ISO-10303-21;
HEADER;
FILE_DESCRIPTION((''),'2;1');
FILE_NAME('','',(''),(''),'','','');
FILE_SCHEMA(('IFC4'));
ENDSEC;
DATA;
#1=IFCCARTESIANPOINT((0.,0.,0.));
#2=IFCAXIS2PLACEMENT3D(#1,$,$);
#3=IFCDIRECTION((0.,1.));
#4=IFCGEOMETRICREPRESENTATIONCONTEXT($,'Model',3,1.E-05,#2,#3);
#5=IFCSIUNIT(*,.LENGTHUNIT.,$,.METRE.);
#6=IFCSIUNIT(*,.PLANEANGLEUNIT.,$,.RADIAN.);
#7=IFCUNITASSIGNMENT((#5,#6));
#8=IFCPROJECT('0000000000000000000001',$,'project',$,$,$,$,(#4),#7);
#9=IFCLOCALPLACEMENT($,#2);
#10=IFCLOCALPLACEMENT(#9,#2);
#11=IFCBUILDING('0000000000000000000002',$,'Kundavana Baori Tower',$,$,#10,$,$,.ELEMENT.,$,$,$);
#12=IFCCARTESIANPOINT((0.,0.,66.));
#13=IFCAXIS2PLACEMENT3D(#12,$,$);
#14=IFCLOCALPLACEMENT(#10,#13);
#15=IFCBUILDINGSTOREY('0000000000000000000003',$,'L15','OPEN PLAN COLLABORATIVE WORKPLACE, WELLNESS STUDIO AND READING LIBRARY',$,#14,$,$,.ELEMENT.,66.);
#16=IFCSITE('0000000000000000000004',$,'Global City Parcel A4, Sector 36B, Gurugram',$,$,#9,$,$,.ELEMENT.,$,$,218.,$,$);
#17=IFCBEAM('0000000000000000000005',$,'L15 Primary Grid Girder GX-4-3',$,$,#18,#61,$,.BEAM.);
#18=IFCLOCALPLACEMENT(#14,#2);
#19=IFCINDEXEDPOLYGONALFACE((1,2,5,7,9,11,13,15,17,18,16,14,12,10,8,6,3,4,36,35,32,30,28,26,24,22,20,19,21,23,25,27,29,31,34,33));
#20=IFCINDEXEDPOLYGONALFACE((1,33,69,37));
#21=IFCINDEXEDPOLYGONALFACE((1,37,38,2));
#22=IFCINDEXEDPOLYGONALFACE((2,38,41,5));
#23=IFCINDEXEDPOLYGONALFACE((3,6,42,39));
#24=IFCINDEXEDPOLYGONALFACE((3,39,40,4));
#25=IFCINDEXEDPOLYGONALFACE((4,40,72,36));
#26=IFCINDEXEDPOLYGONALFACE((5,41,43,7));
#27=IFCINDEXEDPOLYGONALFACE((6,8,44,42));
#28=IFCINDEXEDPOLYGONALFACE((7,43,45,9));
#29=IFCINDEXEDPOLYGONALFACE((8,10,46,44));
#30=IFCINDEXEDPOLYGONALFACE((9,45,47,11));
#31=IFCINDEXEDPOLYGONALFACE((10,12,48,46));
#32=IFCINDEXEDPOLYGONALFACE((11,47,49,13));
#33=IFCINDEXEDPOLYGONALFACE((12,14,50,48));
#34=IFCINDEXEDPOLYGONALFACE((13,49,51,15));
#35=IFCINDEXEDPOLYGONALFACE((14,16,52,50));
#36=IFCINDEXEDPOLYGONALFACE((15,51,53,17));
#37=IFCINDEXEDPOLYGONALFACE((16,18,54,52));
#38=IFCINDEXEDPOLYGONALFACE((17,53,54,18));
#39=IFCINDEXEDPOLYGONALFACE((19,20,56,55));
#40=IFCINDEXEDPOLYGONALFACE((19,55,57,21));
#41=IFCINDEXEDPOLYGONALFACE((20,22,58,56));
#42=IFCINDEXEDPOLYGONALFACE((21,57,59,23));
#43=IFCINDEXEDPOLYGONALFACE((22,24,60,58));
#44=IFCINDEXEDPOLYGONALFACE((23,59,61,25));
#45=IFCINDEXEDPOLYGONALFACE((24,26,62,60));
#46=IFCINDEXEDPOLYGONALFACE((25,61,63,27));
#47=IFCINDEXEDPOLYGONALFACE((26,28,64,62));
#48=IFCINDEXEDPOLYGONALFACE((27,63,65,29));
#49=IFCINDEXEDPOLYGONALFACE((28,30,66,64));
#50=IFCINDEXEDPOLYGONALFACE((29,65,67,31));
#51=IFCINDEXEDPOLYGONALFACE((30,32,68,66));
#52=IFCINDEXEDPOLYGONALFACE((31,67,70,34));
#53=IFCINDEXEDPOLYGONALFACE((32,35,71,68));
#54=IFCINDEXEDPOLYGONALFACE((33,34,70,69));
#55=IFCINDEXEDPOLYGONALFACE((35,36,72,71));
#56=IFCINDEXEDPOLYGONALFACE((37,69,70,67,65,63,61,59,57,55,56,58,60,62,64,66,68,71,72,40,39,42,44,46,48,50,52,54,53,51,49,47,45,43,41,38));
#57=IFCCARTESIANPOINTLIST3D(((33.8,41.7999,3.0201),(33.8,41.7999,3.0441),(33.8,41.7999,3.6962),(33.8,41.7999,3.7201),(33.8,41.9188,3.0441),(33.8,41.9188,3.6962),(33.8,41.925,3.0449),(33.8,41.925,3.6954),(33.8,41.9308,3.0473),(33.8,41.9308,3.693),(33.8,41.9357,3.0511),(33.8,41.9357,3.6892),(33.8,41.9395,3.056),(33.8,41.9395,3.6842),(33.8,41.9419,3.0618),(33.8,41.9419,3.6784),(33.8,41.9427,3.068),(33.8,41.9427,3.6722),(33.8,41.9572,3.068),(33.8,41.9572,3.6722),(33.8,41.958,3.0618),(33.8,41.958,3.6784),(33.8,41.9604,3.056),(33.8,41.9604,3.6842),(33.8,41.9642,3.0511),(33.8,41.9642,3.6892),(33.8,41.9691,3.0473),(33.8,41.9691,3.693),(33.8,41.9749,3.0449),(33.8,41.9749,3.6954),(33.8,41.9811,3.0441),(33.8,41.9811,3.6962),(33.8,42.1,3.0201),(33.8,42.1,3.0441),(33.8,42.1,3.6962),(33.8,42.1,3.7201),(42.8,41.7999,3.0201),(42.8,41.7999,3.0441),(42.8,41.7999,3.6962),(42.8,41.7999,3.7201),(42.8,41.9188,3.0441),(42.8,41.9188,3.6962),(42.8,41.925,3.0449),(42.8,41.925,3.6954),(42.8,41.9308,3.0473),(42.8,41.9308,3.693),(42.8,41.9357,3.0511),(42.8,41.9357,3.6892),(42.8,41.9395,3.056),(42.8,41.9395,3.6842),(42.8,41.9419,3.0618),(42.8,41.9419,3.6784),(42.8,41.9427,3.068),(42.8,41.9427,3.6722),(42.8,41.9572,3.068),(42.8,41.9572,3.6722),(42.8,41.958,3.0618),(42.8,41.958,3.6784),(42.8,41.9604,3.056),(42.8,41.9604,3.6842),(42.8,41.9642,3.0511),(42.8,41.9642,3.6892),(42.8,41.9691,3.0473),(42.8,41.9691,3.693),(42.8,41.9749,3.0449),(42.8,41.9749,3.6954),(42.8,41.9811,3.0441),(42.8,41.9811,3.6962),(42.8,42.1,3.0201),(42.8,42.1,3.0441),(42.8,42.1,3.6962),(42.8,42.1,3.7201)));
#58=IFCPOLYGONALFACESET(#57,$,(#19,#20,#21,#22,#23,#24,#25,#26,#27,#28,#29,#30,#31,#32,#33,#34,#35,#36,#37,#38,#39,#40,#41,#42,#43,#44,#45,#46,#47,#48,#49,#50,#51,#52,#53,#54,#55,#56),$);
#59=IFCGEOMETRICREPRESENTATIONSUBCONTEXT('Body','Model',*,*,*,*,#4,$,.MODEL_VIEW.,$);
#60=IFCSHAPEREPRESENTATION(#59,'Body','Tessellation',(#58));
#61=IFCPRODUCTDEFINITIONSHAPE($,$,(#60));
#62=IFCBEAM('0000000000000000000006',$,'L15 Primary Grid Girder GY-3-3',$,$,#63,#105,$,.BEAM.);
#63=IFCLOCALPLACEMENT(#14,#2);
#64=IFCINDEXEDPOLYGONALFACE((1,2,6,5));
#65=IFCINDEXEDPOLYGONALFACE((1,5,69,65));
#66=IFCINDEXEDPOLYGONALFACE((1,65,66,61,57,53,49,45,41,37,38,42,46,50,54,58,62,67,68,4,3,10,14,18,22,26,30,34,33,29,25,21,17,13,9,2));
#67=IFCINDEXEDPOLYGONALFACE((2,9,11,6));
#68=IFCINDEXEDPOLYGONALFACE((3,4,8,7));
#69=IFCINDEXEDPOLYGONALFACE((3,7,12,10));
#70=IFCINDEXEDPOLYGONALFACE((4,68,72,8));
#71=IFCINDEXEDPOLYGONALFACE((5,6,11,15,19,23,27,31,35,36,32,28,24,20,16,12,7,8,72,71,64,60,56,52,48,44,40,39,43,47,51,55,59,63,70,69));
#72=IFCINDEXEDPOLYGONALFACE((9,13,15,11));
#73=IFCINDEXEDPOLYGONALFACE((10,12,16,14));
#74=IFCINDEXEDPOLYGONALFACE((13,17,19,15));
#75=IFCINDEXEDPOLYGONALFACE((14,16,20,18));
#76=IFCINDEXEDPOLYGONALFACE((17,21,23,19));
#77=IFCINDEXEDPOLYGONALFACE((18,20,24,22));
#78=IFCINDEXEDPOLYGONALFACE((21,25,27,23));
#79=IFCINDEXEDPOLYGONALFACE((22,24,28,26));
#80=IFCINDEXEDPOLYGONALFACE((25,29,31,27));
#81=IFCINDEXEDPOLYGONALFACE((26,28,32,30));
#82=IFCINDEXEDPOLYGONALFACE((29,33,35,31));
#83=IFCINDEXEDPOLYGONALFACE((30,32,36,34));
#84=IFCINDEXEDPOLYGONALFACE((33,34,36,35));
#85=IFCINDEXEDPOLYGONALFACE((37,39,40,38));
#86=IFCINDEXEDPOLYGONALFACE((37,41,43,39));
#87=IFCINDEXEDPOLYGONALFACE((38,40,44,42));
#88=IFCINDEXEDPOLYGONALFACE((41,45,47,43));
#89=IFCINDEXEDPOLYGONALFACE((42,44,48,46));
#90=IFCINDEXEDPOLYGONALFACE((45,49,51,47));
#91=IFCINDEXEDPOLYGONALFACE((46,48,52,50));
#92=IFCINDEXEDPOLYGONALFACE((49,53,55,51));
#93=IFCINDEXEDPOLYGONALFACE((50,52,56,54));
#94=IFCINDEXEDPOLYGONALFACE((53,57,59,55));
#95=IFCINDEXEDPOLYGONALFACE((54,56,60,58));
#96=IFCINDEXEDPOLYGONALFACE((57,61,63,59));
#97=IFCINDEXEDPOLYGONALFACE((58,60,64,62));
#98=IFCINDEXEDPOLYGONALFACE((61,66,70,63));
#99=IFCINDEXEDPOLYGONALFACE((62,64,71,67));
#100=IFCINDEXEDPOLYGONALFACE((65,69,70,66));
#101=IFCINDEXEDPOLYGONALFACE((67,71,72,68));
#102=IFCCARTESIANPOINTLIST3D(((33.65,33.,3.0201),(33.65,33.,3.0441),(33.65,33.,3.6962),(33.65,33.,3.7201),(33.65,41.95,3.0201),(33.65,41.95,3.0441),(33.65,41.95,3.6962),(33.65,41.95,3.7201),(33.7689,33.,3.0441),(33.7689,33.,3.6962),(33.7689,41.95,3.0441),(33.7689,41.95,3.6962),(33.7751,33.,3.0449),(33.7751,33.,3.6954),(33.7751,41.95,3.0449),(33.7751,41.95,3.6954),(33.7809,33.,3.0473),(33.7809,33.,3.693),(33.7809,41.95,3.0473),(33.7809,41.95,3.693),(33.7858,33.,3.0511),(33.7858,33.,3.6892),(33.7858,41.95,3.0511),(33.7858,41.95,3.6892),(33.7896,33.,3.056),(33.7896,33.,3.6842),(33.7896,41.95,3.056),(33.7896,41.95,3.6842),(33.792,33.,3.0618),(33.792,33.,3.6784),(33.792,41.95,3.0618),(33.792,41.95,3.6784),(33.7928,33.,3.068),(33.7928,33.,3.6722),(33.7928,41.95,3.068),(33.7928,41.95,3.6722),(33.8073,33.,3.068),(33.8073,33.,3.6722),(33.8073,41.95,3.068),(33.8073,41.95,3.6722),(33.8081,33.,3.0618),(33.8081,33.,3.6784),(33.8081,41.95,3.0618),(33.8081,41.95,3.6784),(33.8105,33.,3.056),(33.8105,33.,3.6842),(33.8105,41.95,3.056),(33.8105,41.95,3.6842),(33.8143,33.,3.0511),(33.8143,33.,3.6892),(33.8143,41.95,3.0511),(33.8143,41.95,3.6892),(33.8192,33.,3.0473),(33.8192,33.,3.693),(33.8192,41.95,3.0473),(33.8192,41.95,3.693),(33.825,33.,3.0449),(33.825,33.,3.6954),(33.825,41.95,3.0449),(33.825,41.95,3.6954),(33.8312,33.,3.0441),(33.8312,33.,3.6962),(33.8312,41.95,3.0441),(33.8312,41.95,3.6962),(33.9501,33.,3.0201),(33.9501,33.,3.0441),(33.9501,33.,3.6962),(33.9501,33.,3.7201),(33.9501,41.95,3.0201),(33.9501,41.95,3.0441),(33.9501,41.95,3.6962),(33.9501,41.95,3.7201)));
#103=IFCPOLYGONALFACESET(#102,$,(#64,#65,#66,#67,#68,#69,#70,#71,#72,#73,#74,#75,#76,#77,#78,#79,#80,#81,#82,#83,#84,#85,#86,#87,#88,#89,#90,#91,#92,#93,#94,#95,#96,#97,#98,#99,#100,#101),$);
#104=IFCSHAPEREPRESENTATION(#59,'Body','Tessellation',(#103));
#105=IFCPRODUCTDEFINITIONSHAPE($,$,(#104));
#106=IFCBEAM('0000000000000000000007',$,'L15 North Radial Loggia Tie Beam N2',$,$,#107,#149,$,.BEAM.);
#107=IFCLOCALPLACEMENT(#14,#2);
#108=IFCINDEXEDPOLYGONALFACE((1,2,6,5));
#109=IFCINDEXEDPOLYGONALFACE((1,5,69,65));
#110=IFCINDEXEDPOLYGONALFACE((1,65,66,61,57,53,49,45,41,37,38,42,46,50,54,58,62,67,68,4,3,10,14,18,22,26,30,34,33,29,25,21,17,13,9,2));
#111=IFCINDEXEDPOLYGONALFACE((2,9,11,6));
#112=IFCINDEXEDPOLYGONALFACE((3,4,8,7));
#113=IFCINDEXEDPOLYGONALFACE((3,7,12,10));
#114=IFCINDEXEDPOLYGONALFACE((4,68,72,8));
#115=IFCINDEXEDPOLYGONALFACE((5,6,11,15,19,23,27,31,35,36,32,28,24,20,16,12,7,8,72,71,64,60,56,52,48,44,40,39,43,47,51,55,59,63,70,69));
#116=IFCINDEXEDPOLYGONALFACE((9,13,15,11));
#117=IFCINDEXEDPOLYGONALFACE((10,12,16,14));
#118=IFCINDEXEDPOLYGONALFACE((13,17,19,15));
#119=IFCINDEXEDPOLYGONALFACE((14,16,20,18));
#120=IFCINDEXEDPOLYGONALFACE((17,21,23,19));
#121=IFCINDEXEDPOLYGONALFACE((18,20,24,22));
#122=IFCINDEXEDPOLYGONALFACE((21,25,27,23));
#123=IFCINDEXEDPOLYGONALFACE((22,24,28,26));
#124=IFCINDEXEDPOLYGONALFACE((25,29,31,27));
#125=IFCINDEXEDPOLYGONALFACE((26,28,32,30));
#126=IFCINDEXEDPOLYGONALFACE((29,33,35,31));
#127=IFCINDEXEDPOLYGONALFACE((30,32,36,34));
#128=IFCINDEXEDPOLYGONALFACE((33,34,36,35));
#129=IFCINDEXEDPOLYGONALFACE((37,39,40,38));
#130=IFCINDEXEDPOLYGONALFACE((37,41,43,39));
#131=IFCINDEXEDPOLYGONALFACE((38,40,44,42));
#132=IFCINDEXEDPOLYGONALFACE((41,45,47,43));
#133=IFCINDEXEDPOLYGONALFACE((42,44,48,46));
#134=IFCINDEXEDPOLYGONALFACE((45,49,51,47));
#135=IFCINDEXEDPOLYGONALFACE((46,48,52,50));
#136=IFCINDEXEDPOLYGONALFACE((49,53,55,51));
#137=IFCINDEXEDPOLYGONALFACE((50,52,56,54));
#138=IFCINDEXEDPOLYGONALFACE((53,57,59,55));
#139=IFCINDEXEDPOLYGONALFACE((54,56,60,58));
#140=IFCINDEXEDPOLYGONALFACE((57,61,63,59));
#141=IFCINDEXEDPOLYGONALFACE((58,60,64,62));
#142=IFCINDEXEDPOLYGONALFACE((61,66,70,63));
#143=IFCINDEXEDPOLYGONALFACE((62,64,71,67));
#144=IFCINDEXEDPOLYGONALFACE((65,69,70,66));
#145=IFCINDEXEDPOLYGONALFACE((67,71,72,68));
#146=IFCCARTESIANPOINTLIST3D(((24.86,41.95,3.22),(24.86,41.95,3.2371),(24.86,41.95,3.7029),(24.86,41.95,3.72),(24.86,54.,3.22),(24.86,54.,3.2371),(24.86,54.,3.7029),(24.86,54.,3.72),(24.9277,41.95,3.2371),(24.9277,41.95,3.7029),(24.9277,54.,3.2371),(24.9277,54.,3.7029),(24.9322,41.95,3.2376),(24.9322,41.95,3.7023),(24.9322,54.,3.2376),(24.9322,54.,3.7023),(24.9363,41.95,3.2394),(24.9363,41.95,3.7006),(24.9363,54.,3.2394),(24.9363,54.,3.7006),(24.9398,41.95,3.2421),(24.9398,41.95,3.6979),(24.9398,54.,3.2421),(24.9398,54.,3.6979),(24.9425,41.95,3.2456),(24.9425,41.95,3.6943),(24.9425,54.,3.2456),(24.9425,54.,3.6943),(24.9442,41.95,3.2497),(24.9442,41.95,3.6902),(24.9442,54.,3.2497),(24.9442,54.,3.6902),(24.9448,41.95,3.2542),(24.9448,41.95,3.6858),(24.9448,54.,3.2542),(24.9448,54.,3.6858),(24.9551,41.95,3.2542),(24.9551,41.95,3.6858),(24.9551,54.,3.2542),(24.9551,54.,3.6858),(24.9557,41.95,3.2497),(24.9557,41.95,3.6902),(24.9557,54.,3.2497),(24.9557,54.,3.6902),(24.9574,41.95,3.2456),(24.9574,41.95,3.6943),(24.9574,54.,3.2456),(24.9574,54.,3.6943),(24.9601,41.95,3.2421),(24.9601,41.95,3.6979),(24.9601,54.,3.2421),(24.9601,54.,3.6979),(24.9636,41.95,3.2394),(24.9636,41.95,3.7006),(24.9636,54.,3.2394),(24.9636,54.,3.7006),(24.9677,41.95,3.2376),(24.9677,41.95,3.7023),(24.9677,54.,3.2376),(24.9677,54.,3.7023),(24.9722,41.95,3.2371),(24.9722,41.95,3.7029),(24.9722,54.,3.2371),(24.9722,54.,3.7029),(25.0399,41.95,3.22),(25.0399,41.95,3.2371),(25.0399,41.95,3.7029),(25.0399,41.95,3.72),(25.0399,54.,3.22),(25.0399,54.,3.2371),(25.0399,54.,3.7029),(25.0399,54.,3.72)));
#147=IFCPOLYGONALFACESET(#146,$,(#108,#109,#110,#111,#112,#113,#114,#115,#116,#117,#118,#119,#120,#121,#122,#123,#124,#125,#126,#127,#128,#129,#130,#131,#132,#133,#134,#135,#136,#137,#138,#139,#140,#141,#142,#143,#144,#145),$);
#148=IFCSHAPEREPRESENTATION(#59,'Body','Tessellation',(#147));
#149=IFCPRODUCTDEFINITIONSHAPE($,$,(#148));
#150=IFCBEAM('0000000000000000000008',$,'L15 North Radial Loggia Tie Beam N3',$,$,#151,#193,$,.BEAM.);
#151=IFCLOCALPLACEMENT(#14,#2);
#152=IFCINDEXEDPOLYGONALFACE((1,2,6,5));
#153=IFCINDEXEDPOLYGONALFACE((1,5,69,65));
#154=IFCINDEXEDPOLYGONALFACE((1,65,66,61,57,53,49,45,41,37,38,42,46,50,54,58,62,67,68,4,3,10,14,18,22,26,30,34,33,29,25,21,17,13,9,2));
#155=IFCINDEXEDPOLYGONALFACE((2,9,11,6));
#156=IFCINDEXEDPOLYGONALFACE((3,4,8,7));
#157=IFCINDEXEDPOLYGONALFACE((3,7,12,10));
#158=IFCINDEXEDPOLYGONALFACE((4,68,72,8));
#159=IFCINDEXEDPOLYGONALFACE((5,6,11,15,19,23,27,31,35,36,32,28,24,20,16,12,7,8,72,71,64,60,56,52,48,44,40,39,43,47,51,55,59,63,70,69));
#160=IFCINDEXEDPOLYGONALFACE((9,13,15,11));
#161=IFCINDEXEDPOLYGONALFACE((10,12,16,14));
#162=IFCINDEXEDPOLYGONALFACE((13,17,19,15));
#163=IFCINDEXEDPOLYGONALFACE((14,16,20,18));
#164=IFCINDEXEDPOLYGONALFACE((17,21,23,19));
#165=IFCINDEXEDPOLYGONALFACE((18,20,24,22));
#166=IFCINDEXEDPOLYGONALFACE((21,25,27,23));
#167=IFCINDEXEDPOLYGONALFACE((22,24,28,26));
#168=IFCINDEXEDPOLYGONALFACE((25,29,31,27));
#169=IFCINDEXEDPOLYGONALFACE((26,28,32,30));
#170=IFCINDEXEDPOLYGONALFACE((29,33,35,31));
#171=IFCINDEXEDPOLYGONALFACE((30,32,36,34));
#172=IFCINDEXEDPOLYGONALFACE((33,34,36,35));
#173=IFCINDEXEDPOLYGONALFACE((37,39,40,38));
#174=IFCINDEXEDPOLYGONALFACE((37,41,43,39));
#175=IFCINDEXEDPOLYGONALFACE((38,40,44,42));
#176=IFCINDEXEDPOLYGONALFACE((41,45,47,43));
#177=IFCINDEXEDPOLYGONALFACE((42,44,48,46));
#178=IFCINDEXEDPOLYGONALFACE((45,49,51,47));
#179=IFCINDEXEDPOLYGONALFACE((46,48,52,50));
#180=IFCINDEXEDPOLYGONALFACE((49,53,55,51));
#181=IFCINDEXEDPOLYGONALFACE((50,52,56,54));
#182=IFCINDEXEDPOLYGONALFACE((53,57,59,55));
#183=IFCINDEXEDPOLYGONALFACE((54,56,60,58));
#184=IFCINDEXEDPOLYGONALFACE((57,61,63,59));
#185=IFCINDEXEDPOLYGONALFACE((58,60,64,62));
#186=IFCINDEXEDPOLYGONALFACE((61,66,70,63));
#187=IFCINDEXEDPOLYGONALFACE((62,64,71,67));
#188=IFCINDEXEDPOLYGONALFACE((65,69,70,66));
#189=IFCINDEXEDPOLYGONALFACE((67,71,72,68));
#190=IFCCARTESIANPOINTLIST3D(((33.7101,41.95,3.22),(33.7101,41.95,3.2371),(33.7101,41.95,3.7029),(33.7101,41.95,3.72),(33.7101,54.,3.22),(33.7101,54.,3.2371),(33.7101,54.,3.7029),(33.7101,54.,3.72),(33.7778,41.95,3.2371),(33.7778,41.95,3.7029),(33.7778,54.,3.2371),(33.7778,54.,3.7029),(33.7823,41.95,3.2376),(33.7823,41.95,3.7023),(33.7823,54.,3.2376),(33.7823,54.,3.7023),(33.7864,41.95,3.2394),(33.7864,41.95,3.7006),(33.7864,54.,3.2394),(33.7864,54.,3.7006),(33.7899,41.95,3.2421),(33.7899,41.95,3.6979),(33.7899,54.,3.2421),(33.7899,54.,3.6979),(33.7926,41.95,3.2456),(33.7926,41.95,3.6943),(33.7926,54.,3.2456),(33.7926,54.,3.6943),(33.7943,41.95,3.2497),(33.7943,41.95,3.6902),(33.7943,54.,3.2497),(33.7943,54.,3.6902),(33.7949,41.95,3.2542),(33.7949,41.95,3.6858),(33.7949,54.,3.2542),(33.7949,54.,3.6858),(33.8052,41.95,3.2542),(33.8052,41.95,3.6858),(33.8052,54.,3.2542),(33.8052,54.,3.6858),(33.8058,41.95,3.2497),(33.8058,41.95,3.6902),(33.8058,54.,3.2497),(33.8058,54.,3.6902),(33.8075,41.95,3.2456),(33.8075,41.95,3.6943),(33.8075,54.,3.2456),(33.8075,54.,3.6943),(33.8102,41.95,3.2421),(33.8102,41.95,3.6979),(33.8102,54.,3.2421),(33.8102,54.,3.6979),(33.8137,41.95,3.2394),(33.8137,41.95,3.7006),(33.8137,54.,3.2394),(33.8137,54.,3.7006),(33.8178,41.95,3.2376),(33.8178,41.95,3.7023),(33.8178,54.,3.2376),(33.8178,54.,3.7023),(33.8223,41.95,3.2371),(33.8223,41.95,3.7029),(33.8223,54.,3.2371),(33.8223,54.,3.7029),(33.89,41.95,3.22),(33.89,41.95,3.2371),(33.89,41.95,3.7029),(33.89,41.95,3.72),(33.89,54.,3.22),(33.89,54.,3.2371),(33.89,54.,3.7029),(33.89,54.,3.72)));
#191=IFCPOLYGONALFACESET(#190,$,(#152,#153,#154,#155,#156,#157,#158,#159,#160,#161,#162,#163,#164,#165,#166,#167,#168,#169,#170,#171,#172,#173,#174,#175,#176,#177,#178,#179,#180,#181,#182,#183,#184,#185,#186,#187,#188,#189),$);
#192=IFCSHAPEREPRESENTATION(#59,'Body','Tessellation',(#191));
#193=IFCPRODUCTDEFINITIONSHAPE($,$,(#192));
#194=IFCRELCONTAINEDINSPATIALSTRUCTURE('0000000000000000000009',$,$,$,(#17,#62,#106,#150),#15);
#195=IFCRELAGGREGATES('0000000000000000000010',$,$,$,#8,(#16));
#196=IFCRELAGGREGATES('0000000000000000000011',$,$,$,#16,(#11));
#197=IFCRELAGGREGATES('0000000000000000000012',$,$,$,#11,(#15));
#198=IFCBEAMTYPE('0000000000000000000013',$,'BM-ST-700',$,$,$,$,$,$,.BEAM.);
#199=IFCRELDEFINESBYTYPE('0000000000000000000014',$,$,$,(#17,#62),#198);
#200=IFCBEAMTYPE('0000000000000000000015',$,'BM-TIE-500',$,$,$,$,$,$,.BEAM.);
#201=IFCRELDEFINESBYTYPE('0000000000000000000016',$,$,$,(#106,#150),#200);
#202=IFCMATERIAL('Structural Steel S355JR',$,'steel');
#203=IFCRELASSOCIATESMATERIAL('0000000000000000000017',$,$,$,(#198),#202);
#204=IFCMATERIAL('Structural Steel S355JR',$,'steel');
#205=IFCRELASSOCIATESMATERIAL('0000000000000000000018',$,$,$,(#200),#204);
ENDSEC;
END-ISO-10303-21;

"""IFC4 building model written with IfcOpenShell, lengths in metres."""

from ifc_helpers import new_model, si_unit, direction, frame, origin, origin_2d, place, context, subcontext, project, spatial, i_section, extrude, material, material_profile, profile_set, type_object, element, save


model = new_model("IFC4")

# Units and contexts
model_context = context("Model", 3, precision=1e-05, world=origin(), true_north=direction((0.0, 1.0)))
body_context = subcontext(model_context, "Body", "Model", "MODEL_VIEW")
ifc_project = project(units=[si_unit("LENGTHUNIT", "METRE"), si_unit("PLANEANGLEUNIT", "RADIAN")], contexts=[model_context])

# Site, building, storey
site_placement = place(None, origin())
site = spatial("IfcSite", under=ifc_project, at=site_placement, Name="Global City Parcel A4, Sector 36B, Gurugram", CompositionType="ELEMENT", RefElevation=218.0)
building_placement = place(site_placement, origin())
building = spatial("IfcBuilding", under=site, at=building_placement, Name="Kundavana Baori Tower", CompositionType="ELEMENT")
storey_placement = place(building_placement, frame((0.0, 0.0, 66.0)))
storey = spatial("IfcBuildingStorey", under=building, at=storey_placement, Name="L15", Description="OPEN PLAN COLLABORATIVE WORKPLACE, WELLNESS STUDIO AND READING LIBRARY", CompositionType="ELEMENT", Elevation=66.0)

# Beams
ifc_material_1 = material(Name="Structural Steel S355JR", Category="steel")
ifc_material_profile_1 = material_profile(ifc_material_1, i_section(OverallWidth=0.3, OverallDepth=0.7, WebThickness=0.0144, FlangeThickness=0.0239, FilletRadius=0.0239, at=origin_2d()), Name="NPB 700x300x170")
ifc_profile_set_1 = profile_set([ifc_material_profile_1], Name="Structural Steel S355JR")
beam_type_1 = type_object("IfcBeamType", Name="BM-ST-700", PredefinedType="BEAM", material=ifc_profile_set_1)
beam_1_placement = place(storey_placement, frame((33.8, 41.95, 3.3701), z_axis=(1.0, 0.0, 0.0), x_axis=(0.0, 1.0, 0.0)))
element("IfcBeam", 1, at=beam_1_placement, inside=storey, type_object=beam_type_1, Name="L15 Primary Grid Girder GX-4-3", PredefinedType="BEAM", context=body_context, shape_type="SweptSolid", body=[
    extrude(i_section(OverallWidth=0.3, OverallDepth=0.7, WebThickness=0.0144, FlangeThickness=0.0239, FilletRadius=0.0239, at=origin_2d()), origin(), (0.0, 0.0, 1.0), 9.0),
])
beam_2_placement = place(storey_placement, frame((33.8, 33.0, 3.3701), z_axis=(0.0, 1.0, 0.0), x_axis=(-1.0, 0.0, 0.0)))
element("IfcBeam", 2, at=beam_2_placement, inside=storey, type_object=beam_type_1, Name="L15 Primary Grid Girder GY-3-3", PredefinedType="BEAM", context=body_context, shape_type="SweptSolid", body=[
    extrude(i_section(OverallWidth=0.3, OverallDepth=0.7, WebThickness=0.0144, FlangeThickness=0.0239, FilletRadius=0.0239, at=origin_2d()), origin(), (0.0, 0.0, 1.0), 8.95),
])
ifc_material_2 = material(Name="Structural Steel S355JR", Category="steel")
ifc_material_profile_2 = material_profile(ifc_material_2, i_section(OverallWidth=0.1799, OverallDepth=0.5, WebThickness=0.0103, FlangeThickness=0.0171, FilletRadius=0.0171, at=origin_2d()), Name="ISMB 500")
ifc_profile_set_2 = profile_set([ifc_material_profile_2], Name="Structural Steel S355JR")
beam_type_2 = type_object("IfcBeamType", Name="BM-TIE-500", PredefinedType="BEAM", material=ifc_profile_set_2)
for number, where, z_axis, x_axis, name in (
    (3, (24.95, 41.95, 3.47), (0.0, 1.0, 0.0), (-1.0, 0.0, 0.0), "L15 North Radial Loggia Tie Beam N2"),
    (4, (33.8, 41.95, 3.47), (0.0, 1.0, 0.0), (-1.0, 0.0, 0.0), "L15 North Radial Loggia Tie Beam N3"),
):
    element("IfcBeam", number, at=place(storey_placement, frame(where, z_axis=z_axis, x_axis=x_axis)), inside=storey, type_object=beam_type_2, Name=name, PredefinedType="BEAM", context=body_context, shape_type="SweptSolid", body=[
        extrude(i_section(OverallWidth=0.1799, OverallDepth=0.5, WebThickness=0.0103, FlangeThickness=0.0171, FilletRadius=0.0171, at=origin_2d()), origin(), (0.0, 0.0, 1.0), 12.05),
    ])

save(model, "model.ifc")
